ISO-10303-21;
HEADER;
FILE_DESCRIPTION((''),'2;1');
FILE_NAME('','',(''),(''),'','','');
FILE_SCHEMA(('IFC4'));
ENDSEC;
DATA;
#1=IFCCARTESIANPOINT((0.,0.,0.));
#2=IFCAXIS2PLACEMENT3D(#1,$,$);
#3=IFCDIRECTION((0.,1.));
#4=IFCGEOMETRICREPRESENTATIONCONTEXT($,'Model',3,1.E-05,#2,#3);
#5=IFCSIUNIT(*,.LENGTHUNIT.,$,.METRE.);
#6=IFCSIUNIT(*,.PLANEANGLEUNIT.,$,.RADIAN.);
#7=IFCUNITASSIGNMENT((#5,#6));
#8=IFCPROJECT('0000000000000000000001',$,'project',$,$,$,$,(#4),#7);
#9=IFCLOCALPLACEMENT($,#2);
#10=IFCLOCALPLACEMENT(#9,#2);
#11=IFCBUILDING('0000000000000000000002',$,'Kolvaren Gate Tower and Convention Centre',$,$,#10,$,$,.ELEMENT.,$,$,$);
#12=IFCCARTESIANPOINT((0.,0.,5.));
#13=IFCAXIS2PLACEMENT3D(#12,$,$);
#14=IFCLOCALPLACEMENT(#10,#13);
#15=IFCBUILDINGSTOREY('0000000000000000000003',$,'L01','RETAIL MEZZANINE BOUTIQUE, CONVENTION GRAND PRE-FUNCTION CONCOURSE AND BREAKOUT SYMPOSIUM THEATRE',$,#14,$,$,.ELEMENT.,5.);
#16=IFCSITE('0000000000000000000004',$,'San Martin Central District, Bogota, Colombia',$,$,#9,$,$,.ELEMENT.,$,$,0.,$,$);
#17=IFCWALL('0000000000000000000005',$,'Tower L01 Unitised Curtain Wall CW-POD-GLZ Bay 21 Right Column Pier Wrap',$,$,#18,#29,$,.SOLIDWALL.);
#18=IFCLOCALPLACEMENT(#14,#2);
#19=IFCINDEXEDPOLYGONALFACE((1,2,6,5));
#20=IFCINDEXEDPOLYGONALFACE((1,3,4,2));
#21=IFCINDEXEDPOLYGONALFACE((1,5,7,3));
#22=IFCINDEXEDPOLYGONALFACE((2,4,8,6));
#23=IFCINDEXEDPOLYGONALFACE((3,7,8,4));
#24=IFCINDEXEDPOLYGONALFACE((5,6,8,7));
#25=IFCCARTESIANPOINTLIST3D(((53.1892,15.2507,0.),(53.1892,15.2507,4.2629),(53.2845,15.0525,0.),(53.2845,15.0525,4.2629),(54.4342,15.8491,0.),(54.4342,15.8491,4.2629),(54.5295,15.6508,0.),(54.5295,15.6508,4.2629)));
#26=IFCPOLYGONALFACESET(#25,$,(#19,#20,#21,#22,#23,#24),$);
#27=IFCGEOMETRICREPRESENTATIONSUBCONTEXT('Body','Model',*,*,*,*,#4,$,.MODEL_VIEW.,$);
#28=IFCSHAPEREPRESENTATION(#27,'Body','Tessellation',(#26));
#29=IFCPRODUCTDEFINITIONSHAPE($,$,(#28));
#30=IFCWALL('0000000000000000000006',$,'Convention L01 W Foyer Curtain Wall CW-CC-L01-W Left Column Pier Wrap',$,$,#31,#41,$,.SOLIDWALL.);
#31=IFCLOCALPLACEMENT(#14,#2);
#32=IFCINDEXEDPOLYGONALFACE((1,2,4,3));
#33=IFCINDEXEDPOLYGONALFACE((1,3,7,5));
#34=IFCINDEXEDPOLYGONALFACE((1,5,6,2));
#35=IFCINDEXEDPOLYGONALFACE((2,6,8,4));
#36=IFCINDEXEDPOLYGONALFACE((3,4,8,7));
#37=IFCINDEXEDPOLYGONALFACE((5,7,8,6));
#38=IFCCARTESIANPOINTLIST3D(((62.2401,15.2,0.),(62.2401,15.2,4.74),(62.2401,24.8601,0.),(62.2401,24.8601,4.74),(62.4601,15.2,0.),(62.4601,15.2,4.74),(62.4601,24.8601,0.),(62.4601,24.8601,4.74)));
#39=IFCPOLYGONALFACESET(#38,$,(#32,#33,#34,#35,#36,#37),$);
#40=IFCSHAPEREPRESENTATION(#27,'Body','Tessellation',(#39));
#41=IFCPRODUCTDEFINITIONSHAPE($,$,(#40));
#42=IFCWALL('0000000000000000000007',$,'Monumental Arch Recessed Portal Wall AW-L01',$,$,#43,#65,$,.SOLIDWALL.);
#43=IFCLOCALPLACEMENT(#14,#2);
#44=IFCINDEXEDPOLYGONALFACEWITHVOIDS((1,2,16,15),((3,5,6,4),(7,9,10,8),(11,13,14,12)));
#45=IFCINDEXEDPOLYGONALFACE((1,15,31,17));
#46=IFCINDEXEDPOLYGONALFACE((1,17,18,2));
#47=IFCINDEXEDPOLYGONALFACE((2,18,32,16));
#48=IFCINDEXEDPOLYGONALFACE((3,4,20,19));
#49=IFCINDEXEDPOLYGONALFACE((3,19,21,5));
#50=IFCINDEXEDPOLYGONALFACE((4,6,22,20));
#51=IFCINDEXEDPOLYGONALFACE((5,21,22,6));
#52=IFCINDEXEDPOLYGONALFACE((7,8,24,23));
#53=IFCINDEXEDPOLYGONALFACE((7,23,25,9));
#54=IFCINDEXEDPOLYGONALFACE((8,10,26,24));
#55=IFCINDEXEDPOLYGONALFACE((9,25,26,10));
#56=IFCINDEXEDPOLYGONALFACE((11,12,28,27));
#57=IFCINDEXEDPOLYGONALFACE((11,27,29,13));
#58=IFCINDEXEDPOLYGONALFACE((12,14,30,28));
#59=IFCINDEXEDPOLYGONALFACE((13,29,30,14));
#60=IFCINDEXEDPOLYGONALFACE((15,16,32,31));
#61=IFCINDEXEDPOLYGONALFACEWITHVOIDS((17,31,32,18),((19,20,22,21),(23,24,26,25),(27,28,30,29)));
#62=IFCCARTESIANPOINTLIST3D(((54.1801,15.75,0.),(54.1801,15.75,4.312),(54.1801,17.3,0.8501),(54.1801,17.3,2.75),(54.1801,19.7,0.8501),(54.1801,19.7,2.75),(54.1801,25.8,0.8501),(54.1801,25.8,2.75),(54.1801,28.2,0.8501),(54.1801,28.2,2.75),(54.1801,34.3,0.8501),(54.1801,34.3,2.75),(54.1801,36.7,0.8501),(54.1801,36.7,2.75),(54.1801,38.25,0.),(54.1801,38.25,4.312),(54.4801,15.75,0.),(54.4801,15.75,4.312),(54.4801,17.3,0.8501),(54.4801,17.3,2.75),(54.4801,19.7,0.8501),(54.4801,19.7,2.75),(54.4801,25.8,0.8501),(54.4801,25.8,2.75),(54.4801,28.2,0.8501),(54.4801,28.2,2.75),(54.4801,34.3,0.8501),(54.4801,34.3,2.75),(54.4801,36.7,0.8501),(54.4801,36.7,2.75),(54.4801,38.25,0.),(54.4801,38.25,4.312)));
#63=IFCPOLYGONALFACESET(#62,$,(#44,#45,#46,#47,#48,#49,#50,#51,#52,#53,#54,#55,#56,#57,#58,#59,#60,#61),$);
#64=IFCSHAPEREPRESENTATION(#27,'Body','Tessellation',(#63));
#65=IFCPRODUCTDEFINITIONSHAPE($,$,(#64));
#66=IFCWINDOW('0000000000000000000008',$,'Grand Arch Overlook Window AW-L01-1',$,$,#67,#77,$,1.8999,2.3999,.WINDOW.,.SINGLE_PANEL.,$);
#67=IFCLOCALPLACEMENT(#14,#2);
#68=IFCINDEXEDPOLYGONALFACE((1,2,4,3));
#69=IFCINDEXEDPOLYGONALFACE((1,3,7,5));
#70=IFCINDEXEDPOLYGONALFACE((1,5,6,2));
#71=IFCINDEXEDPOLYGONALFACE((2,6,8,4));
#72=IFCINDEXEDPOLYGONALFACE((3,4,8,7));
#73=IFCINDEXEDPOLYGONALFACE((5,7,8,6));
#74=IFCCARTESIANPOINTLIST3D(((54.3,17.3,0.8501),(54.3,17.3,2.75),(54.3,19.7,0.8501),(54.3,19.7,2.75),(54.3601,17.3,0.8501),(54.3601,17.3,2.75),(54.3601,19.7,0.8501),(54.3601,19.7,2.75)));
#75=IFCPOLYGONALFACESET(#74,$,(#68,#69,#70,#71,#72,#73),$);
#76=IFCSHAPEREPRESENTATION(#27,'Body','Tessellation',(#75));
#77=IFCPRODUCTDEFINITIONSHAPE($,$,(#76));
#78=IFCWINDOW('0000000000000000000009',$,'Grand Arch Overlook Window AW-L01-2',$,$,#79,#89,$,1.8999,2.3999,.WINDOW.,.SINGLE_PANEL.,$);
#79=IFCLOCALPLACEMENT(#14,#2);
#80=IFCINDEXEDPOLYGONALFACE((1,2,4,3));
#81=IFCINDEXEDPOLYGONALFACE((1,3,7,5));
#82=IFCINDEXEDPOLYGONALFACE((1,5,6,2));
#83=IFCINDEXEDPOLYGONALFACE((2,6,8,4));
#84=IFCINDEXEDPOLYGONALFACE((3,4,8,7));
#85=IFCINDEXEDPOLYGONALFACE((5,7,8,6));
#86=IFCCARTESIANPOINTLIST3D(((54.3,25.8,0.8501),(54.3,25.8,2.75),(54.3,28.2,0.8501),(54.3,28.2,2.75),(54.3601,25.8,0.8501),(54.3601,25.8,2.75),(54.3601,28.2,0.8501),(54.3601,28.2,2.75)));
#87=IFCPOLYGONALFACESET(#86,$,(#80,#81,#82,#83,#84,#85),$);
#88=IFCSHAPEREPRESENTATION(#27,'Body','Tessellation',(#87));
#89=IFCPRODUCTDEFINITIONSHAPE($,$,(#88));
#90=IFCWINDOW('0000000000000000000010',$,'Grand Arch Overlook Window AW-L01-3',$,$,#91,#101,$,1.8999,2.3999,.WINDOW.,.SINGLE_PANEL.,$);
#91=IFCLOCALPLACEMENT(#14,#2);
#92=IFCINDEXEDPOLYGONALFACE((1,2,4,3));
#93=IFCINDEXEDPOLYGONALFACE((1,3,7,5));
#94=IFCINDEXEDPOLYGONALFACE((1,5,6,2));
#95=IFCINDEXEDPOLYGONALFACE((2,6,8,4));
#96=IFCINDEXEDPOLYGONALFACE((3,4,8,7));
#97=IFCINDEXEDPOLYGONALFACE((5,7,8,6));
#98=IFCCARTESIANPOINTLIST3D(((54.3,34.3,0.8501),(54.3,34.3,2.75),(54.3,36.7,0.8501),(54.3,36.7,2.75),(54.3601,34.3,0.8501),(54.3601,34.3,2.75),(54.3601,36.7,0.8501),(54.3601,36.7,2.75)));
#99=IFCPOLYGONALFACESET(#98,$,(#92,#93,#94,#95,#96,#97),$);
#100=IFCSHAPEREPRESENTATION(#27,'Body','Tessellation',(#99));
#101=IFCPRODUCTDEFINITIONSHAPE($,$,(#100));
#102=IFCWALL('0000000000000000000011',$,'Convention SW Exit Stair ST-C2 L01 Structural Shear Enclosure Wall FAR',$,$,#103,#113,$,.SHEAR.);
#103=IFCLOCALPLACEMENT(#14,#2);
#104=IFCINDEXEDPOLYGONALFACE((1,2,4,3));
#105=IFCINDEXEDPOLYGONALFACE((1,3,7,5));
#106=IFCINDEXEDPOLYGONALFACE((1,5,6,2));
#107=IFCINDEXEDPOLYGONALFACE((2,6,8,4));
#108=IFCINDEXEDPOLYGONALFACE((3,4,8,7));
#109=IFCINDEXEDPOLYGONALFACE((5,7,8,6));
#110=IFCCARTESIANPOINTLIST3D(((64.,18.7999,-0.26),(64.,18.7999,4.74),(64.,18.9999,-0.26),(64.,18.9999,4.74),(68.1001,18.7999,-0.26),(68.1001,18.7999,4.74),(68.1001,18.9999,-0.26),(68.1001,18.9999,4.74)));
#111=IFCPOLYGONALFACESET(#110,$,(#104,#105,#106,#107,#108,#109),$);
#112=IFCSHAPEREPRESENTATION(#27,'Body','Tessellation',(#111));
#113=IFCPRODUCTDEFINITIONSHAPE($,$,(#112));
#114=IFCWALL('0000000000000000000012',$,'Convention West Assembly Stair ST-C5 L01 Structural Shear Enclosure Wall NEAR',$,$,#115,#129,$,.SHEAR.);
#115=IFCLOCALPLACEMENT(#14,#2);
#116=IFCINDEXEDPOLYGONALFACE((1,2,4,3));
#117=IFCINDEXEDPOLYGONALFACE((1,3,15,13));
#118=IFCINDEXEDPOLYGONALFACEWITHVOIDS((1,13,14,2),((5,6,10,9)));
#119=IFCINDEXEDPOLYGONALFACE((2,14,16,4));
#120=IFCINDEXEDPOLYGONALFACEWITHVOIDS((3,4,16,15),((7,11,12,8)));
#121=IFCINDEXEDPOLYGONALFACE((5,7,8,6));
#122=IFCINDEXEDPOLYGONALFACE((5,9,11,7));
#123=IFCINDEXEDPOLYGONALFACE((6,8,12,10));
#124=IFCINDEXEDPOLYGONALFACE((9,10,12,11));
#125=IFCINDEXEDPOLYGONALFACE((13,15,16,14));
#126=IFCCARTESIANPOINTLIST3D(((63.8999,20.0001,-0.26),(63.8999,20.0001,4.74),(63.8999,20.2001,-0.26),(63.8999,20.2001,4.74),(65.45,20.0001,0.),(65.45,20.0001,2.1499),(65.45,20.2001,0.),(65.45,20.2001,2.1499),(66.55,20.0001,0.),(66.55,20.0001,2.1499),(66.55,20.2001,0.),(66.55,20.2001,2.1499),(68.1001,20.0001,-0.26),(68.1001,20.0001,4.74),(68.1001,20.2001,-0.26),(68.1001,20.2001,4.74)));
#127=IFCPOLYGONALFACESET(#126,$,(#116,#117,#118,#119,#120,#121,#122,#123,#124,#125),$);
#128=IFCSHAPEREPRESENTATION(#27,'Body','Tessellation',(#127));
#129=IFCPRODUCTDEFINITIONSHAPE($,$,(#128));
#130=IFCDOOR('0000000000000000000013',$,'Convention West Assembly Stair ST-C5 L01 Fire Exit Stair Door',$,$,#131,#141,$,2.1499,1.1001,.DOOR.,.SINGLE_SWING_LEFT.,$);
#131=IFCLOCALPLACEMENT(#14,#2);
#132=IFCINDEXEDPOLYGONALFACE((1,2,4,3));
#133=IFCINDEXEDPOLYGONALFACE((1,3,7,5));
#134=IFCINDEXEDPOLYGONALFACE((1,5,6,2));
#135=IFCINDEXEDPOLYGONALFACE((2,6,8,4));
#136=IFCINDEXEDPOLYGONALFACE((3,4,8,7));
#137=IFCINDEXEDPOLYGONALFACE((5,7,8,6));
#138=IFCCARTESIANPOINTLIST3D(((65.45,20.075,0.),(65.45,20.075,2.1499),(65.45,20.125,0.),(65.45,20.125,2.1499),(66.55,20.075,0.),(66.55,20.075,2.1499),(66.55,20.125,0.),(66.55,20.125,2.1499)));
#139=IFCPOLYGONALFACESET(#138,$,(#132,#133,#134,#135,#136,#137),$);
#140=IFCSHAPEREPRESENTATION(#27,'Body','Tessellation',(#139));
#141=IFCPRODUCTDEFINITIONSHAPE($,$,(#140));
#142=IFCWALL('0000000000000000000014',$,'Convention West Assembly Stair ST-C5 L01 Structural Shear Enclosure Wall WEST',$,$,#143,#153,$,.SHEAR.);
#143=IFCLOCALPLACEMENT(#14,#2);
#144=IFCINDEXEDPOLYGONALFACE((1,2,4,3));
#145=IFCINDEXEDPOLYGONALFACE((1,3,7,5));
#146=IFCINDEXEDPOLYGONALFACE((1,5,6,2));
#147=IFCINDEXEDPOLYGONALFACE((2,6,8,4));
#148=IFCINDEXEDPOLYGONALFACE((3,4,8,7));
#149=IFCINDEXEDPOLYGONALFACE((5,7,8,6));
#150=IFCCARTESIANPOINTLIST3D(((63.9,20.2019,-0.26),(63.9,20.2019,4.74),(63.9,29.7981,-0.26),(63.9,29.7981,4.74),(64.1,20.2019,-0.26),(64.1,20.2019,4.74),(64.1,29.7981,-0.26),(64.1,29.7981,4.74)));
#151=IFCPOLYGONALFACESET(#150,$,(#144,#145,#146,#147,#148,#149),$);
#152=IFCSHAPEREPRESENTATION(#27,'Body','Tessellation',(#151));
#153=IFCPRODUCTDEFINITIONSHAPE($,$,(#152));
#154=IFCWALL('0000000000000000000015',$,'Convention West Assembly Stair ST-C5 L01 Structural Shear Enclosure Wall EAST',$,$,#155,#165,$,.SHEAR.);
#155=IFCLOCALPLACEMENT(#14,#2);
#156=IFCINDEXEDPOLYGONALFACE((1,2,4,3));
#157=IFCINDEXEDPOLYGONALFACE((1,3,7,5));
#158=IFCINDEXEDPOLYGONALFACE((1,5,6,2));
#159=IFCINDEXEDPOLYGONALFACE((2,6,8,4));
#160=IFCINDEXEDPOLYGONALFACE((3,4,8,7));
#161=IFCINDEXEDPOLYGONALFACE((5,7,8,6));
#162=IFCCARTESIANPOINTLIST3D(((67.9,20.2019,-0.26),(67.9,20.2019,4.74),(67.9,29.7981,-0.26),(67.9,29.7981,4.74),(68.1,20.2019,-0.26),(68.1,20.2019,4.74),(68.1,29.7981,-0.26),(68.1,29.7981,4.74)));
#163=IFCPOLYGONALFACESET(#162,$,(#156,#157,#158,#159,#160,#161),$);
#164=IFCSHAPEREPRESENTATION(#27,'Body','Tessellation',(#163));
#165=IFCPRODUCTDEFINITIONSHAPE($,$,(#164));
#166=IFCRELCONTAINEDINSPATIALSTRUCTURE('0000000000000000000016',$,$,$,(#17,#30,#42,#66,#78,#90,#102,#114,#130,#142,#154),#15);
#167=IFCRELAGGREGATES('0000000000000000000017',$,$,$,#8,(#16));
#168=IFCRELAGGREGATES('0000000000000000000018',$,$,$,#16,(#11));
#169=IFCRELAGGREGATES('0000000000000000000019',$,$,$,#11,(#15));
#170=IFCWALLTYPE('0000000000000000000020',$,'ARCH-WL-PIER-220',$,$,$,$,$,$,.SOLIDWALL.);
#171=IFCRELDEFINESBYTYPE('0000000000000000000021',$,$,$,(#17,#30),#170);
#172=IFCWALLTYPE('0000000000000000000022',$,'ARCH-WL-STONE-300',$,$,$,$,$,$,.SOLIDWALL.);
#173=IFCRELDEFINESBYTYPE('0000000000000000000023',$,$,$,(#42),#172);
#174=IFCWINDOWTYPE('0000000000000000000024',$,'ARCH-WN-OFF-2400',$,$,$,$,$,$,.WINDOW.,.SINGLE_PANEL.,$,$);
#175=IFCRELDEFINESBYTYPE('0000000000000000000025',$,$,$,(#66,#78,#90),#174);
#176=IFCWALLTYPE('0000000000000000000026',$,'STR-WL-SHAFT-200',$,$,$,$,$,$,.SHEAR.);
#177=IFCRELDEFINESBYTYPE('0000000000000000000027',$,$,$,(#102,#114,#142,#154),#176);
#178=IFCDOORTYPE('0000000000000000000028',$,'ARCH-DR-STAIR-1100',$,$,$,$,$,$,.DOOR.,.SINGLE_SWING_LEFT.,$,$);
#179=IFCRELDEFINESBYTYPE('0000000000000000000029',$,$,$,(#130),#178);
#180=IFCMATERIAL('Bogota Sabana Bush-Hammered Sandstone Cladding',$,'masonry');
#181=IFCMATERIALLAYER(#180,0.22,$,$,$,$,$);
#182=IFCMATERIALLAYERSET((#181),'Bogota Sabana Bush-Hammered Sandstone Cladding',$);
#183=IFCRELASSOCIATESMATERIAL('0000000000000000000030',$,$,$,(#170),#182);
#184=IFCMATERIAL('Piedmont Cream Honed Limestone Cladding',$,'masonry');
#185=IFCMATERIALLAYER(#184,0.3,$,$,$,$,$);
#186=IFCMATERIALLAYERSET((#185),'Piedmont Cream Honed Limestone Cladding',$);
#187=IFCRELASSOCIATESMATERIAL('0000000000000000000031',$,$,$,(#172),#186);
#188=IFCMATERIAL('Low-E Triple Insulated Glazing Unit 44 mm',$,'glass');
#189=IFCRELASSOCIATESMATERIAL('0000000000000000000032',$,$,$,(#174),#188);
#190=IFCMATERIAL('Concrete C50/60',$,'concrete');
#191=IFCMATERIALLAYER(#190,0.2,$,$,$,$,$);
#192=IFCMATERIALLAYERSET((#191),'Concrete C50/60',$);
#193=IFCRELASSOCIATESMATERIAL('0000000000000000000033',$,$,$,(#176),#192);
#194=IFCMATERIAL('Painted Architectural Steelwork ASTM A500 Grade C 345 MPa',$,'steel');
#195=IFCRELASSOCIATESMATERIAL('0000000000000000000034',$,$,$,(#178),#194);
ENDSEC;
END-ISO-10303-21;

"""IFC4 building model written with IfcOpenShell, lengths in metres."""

from ifc_helpers import new_model, si_unit, direction, frame, frame_2d, origin, place, context, subcontext, project, spatial, rectangle, extrude, material, layer, layer_set, type_object, element, fill, save


model = new_model("IFC4")

# Units and contexts
model_context = context("Model", 3, precision=1e-05, world=origin(), true_north=direction((0.0, 1.0)))
body_context = subcontext(model_context, "Body", "Model", "MODEL_VIEW")
ifc_project = project(units=[si_unit("LENGTHUNIT", "METRE"), si_unit("PLANEANGLEUNIT", "RADIAN")], contexts=[model_context])

# Site, building, storey
site_placement = place(None, origin())
site = spatial("IfcSite", under=ifc_project, at=site_placement, Name="San Martin Central District, Bogota, Colombia", CompositionType="ELEMENT", RefElevation=0.0)
building_placement = place(site_placement, origin())
building = spatial("IfcBuilding", under=site, at=building_placement, Name="Kolvaren Gate Tower and Convention Centre", CompositionType="ELEMENT")
storey_placement = place(building_placement, frame((0.0, 0.0, 5.0)))
storey = spatial("IfcBuildingStorey", under=building, at=storey_placement, Name="L01", Description="RETAIL MEZZANINE BOUTIQUE, CONVENTION GRAND PRE-FUNCTION CONCOURSE AND BREAKOUT SYMPOSIUM THEATRE", CompositionType="ELEMENT", Elevation=5.0)

# Shared definitions
ifc_material_1 = material(Name="Low-E Triple Insulated Glazing Unit 44 mm", Category="glass")

# Walls
ifc_material_2 = material(Name="Bogota Sabana Bush-Hammered Sandstone Cladding", Category="masonry")
ifc_layer_1 = layer(ifc_material_2, 0.22)
ifc_layer_set_1 = layer_set([ifc_layer_1], Name="Bogota Sabana Bush-Hammered Sandstone Cladding")
wall_type_1 = type_object("IfcWallType", Name="ARCH-WL-PIER-220", PredefinedType="SOLIDWALL", material=ifc_layer_set_1)
wall_1_placement = place(storey_placement, frame((53.2368, 15.1516, 0.0), z_axis=(0.0, 0.0, 1.0), x_axis=(0.901316, 0.433162, 0.0)))
element("IfcWall", 1, at=wall_1_placement, inside=storey, type_object=wall_type_1, Name="Tower L01 Unitised Curtain Wall CW-POD-GLZ Bay 21 Right Column Pier Wrap", PredefinedType="SOLIDWALL", context=body_context, shape_type="SweptSolid", body=[
    extrude(rectangle(XDim=1.3813, YDim=0.22, at=frame_2d((0.6907, 0.0))), origin(), (0.0, 0.0, 1.0), 4.2629),
])
wall_2_placement = place(storey_placement, frame((62.3501, 15.2, 0.0), z_axis=(0.0, 0.0, 1.0), x_axis=(0.0, 1.0, 0.0)))
element("IfcWall", 2, at=wall_2_placement, inside=storey, type_object=wall_type_1, Name="Convention L01 W Foyer Curtain Wall CW-CC-L01-W Left Column Pier Wrap", PredefinedType="SOLIDWALL", context=body_context, shape_type="SweptSolid", body=[
    extrude(rectangle(XDim=9.6602, YDim=0.22, at=frame_2d((4.8301, 0.0))), origin(), (0.0, 0.0, 1.0), 4.74),
])

# Wall, openings, windows
ifc_material_3 = material(Name="Piedmont Cream Honed Limestone Cladding", Category="masonry")
ifc_layer_2 = layer(ifc_material_3, 0.3)
ifc_layer_set_2 = layer_set([ifc_layer_2], Name="Piedmont Cream Honed Limestone Cladding")
wall_type_2 = type_object("IfcWallType", Name="ARCH-WL-STONE-300", PredefinedType="SOLIDWALL", material=ifc_layer_set_2)
wall_3_placement = place(storey_placement, frame((54.3301, 15.75, 0.0), z_axis=(0.0, 0.0, 1.0), x_axis=(0.0, 1.0, 0.0)))
wall_3 = element("IfcWall", 3, at=wall_3_placement, inside=storey, type_object=wall_type_2, Name="Monumental Arch Recessed Portal Wall AW-L01", PredefinedType="SOLIDWALL", context=body_context, shape_type="SweptSolid", body=[
    extrude(rectangle(XDim=22.5, YDim=0.3, at=frame_2d((11.25, 0.0))), origin(), (0.0, 0.0, 1.0), 4.312),
])
opening_1_placement = place(wall_3_placement, frame((1.55, 0.0, 0.8501)))
opening_1 = element("IfcOpeningElement", 4, at=opening_1_placement, cuts=wall_3, PredefinedType="OPENING", context=body_context, shape_type="SweptSolid", body=[
    extrude(rectangle(XDim=2.3999, YDim=1.8999, at=frame_2d((1.2, 0.95))), frame((0.0, 0.1599, 0.0), z_axis=(0.0, -1.0, 0.0), x_axis=(1.0, 0.0, 0.0)), (0.0, 0.0, 1.0), 0.3201),
])
opening_2_placement = place(wall_3_placement, frame((10.05, 0.0, 0.8501)))
opening_2 = element("IfcOpeningElement", 5, at=opening_2_placement, cuts=wall_3, PredefinedType="OPENING", context=body_context, shape_type="SweptSolid", body=[
    extrude(rectangle(XDim=2.3999, YDim=1.8999, at=frame_2d((1.2, 0.95))), frame((0.0, 0.1599, 0.0), z_axis=(0.0, -1.0, 0.0), x_axis=(1.0, 0.0, 0.0)), (0.0, 0.0, 1.0), 0.3201),
])
opening_3_placement = place(wall_3_placement, frame((18.55, 0.0, 0.8501)))
opening_3 = element("IfcOpeningElement", 6, at=opening_3_placement, cuts=wall_3, PredefinedType="OPENING", context=body_context, shape_type="SweptSolid", body=[
    extrude(rectangle(XDim=2.3999, YDim=1.8999, at=frame_2d((1.2, 0.95))), frame((0.0, 0.1599, 0.0), z_axis=(0.0, -1.0, 0.0), x_axis=(1.0, 0.0, 0.0)), (0.0, 0.0, 1.0), 0.3201),
])
window_type = type_object("IfcWindowType", Name="ARCH-WN-OFF-2400", PartitioningType="SINGLE_PANEL", PredefinedType="WINDOW", material=ifc_material_1)
window_1_placement = place(opening_1_placement, origin())
window_1 = element("IfcWindow", 7, at=window_1_placement, inside=storey, type_object=window_type, Name="Grand Arch Overlook Window AW-L01-1", OverallHeight=1.8999, OverallWidth=2.3999, PartitioningType="SINGLE_PANEL", PredefinedType="WINDOW", context=body_context, shape_type="SweptSolid", body=[
    extrude(rectangle(XDim=2.3999, YDim=1.8999, at=frame_2d((1.2, 0.95))), frame((0.0, 0.03, 0.0), z_axis=(0.0, -1.0, 0.0), x_axis=(1.0, 0.0, 0.0)), (0.0, 0.0, 1.0), 0.0601),
])
fill(opening_1, window_1)
window_2_placement = place(opening_2_placement, origin())
window_2 = element("IfcWindow", 8, at=window_2_placement, inside=storey, type_object=window_type, Name="Grand Arch Overlook Window AW-L01-2", OverallHeight=1.8999, OverallWidth=2.3999, PartitioningType="SINGLE_PANEL", PredefinedType="WINDOW", context=body_context, shape_type="SweptSolid", body=[
    extrude(rectangle(XDim=2.3999, YDim=1.8999, at=frame_2d((1.2, 0.95))), frame((0.0, 0.03, 0.0), z_axis=(0.0, -1.0, 0.0), x_axis=(1.0, 0.0, 0.0)), (0.0, 0.0, 1.0), 0.0601),
])
fill(opening_2, window_2)
window_3_placement = place(opening_3_placement, origin())
window_3 = element("IfcWindow", 9, at=window_3_placement, inside=storey, type_object=window_type, Name="Grand Arch Overlook Window AW-L01-3", OverallHeight=1.8999, OverallWidth=2.3999, PartitioningType="SINGLE_PANEL", PredefinedType="WINDOW", context=body_context, shape_type="SweptSolid", body=[
    extrude(rectangle(XDim=2.3999, YDim=1.8999, at=frame_2d((1.2, 0.95))), frame((0.0, 0.03, 0.0), z_axis=(0.0, -1.0, 0.0), x_axis=(1.0, 0.0, 0.0)), (0.0, 0.0, 1.0), 0.0601),
])
fill(opening_3, window_3)

# Wall
ifc_material_4 = material(Name="Concrete C50/60", Category="concrete")
ifc_layer_3 = layer(ifc_material_4, 0.2)
ifc_layer_set_3 = layer_set([ifc_layer_3], Name="Concrete C50/60")
wall_type_3 = type_object("IfcWallType", Name="STR-WL-SHAFT-200", PredefinedType="SHEAR", material=ifc_layer_set_3)
wall_4_placement = place(storey_placement, frame((64.0, 18.8999, -0.26), z_axis=(0.0, 0.0, 1.0), x_axis=(1.0, 0.0, 0.0)))
element("IfcWall", 10, at=wall_4_placement, inside=storey, type_object=wall_type_3, Name="Convention SW Exit Stair ST-C2 L01 Structural Shear Enclosure Wall FAR", PredefinedType="SHEAR", context=body_context, shape_type="SweptSolid", body=[
    extrude(rectangle(XDim=4.1001, YDim=0.2, at=frame_2d((2.05, 0.0))), origin(), (0.0, 0.0, 1.0), 5.0),
])

# Wall, opening, door
wall_5_placement = place(storey_placement, frame((63.8999, 20.1001, -0.26), z_axis=(0.0, 0.0, 1.0), x_axis=(1.0, 0.0, 0.0)))
wall_5 = element("IfcWall", 11, at=wall_5_placement, inside=storey, type_object=wall_type_3, Name="Convention West Assembly Stair ST-C5 L01 Structural Shear Enclosure Wall NEAR", PredefinedType="SHEAR", context=body_context, shape_type="SweptSolid", body=[
    extrude(rectangle(XDim=4.2002, YDim=0.2, at=frame_2d((2.1001, 0.0))), origin(), (0.0, 0.0, 1.0), 5.0),
])
opening_4_placement = place(wall_5_placement, frame((1.55, 0.0, 0.26)))
opening_4 = element("IfcOpeningElement", 12, at=opening_4_placement, cuts=wall_5, PredefinedType="OPENING", context=body_context, shape_type="SweptSolid", body=[
    extrude(rectangle(XDim=1.1001, YDim=2.1499, at=frame_2d((0.55, 1.075))), frame((0.0, 0.1099, 0.0), z_axis=(0.0, -1.0, 0.0), x_axis=(1.0, 0.0, 0.0)), (0.0, 0.0, 1.0), 0.22),
])
ifc_material_5 = material(Name="Painted Architectural Steelwork ASTM A500 Grade C 345 MPa", Category="steel")
door_type = type_object("IfcDoorType", Name="ARCH-DR-STAIR-1100", OperationType="SINGLE_SWING_LEFT", PredefinedType="DOOR", material=ifc_material_5)
door_placement = place(opening_4_placement, origin())
door = element("IfcDoor", 13, at=door_placement, inside=storey, type_object=door_type, Name="Convention West Assembly Stair ST-C5 L01 Fire Exit Stair Door", OperationType="SINGLE_SWING_LEFT", OverallHeight=2.1499, OverallWidth=1.1001, PredefinedType="DOOR", context=body_context, shape_type="SweptSolid", body=[
    extrude(rectangle(XDim=1.1001, YDim=2.1499, at=frame_2d((0.55, 1.075))), frame((0.0, 0.0249, 0.0), z_axis=(0.0, -1.0, 0.0), x_axis=(1.0, 0.0, 0.0)), (0.0, 0.0, 1.0), 0.05),
])
fill(opening_4, door)

# Walls
for number, where, z_axis, x_axis, name in (
    (14, (64.0, 20.2019, -0.26), (0.0, 0.0, 1.0), (0.0, 1.0, 0.0), "Convention West Assembly Stair ST-C5 L01 Structural Shear Enclosure Wall WEST"),
    (15, (68.0, 20.2019, -0.26), (0.0, 0.0, 1.0), (0.0, 1.0, 0.0), "Convention West Assembly Stair ST-C5 L01 Structural Shear Enclosure Wall EAST"),
):
    element("IfcWall", number, at=place(storey_placement, frame(where, z_axis=z_axis, x_axis=x_axis)), inside=storey, type_object=wall_type_3, Name=name, PredefinedType="SHEAR", context=body_context, shape_type="SweptSolid", body=[
        extrude(rectangle(XDim=9.5962, YDim=0.2, at=frame_2d((4.7981, 0.0))), origin(), (0.0, 0.0, 1.0), 5.0),
    ])

save(model, "model.ifc")
